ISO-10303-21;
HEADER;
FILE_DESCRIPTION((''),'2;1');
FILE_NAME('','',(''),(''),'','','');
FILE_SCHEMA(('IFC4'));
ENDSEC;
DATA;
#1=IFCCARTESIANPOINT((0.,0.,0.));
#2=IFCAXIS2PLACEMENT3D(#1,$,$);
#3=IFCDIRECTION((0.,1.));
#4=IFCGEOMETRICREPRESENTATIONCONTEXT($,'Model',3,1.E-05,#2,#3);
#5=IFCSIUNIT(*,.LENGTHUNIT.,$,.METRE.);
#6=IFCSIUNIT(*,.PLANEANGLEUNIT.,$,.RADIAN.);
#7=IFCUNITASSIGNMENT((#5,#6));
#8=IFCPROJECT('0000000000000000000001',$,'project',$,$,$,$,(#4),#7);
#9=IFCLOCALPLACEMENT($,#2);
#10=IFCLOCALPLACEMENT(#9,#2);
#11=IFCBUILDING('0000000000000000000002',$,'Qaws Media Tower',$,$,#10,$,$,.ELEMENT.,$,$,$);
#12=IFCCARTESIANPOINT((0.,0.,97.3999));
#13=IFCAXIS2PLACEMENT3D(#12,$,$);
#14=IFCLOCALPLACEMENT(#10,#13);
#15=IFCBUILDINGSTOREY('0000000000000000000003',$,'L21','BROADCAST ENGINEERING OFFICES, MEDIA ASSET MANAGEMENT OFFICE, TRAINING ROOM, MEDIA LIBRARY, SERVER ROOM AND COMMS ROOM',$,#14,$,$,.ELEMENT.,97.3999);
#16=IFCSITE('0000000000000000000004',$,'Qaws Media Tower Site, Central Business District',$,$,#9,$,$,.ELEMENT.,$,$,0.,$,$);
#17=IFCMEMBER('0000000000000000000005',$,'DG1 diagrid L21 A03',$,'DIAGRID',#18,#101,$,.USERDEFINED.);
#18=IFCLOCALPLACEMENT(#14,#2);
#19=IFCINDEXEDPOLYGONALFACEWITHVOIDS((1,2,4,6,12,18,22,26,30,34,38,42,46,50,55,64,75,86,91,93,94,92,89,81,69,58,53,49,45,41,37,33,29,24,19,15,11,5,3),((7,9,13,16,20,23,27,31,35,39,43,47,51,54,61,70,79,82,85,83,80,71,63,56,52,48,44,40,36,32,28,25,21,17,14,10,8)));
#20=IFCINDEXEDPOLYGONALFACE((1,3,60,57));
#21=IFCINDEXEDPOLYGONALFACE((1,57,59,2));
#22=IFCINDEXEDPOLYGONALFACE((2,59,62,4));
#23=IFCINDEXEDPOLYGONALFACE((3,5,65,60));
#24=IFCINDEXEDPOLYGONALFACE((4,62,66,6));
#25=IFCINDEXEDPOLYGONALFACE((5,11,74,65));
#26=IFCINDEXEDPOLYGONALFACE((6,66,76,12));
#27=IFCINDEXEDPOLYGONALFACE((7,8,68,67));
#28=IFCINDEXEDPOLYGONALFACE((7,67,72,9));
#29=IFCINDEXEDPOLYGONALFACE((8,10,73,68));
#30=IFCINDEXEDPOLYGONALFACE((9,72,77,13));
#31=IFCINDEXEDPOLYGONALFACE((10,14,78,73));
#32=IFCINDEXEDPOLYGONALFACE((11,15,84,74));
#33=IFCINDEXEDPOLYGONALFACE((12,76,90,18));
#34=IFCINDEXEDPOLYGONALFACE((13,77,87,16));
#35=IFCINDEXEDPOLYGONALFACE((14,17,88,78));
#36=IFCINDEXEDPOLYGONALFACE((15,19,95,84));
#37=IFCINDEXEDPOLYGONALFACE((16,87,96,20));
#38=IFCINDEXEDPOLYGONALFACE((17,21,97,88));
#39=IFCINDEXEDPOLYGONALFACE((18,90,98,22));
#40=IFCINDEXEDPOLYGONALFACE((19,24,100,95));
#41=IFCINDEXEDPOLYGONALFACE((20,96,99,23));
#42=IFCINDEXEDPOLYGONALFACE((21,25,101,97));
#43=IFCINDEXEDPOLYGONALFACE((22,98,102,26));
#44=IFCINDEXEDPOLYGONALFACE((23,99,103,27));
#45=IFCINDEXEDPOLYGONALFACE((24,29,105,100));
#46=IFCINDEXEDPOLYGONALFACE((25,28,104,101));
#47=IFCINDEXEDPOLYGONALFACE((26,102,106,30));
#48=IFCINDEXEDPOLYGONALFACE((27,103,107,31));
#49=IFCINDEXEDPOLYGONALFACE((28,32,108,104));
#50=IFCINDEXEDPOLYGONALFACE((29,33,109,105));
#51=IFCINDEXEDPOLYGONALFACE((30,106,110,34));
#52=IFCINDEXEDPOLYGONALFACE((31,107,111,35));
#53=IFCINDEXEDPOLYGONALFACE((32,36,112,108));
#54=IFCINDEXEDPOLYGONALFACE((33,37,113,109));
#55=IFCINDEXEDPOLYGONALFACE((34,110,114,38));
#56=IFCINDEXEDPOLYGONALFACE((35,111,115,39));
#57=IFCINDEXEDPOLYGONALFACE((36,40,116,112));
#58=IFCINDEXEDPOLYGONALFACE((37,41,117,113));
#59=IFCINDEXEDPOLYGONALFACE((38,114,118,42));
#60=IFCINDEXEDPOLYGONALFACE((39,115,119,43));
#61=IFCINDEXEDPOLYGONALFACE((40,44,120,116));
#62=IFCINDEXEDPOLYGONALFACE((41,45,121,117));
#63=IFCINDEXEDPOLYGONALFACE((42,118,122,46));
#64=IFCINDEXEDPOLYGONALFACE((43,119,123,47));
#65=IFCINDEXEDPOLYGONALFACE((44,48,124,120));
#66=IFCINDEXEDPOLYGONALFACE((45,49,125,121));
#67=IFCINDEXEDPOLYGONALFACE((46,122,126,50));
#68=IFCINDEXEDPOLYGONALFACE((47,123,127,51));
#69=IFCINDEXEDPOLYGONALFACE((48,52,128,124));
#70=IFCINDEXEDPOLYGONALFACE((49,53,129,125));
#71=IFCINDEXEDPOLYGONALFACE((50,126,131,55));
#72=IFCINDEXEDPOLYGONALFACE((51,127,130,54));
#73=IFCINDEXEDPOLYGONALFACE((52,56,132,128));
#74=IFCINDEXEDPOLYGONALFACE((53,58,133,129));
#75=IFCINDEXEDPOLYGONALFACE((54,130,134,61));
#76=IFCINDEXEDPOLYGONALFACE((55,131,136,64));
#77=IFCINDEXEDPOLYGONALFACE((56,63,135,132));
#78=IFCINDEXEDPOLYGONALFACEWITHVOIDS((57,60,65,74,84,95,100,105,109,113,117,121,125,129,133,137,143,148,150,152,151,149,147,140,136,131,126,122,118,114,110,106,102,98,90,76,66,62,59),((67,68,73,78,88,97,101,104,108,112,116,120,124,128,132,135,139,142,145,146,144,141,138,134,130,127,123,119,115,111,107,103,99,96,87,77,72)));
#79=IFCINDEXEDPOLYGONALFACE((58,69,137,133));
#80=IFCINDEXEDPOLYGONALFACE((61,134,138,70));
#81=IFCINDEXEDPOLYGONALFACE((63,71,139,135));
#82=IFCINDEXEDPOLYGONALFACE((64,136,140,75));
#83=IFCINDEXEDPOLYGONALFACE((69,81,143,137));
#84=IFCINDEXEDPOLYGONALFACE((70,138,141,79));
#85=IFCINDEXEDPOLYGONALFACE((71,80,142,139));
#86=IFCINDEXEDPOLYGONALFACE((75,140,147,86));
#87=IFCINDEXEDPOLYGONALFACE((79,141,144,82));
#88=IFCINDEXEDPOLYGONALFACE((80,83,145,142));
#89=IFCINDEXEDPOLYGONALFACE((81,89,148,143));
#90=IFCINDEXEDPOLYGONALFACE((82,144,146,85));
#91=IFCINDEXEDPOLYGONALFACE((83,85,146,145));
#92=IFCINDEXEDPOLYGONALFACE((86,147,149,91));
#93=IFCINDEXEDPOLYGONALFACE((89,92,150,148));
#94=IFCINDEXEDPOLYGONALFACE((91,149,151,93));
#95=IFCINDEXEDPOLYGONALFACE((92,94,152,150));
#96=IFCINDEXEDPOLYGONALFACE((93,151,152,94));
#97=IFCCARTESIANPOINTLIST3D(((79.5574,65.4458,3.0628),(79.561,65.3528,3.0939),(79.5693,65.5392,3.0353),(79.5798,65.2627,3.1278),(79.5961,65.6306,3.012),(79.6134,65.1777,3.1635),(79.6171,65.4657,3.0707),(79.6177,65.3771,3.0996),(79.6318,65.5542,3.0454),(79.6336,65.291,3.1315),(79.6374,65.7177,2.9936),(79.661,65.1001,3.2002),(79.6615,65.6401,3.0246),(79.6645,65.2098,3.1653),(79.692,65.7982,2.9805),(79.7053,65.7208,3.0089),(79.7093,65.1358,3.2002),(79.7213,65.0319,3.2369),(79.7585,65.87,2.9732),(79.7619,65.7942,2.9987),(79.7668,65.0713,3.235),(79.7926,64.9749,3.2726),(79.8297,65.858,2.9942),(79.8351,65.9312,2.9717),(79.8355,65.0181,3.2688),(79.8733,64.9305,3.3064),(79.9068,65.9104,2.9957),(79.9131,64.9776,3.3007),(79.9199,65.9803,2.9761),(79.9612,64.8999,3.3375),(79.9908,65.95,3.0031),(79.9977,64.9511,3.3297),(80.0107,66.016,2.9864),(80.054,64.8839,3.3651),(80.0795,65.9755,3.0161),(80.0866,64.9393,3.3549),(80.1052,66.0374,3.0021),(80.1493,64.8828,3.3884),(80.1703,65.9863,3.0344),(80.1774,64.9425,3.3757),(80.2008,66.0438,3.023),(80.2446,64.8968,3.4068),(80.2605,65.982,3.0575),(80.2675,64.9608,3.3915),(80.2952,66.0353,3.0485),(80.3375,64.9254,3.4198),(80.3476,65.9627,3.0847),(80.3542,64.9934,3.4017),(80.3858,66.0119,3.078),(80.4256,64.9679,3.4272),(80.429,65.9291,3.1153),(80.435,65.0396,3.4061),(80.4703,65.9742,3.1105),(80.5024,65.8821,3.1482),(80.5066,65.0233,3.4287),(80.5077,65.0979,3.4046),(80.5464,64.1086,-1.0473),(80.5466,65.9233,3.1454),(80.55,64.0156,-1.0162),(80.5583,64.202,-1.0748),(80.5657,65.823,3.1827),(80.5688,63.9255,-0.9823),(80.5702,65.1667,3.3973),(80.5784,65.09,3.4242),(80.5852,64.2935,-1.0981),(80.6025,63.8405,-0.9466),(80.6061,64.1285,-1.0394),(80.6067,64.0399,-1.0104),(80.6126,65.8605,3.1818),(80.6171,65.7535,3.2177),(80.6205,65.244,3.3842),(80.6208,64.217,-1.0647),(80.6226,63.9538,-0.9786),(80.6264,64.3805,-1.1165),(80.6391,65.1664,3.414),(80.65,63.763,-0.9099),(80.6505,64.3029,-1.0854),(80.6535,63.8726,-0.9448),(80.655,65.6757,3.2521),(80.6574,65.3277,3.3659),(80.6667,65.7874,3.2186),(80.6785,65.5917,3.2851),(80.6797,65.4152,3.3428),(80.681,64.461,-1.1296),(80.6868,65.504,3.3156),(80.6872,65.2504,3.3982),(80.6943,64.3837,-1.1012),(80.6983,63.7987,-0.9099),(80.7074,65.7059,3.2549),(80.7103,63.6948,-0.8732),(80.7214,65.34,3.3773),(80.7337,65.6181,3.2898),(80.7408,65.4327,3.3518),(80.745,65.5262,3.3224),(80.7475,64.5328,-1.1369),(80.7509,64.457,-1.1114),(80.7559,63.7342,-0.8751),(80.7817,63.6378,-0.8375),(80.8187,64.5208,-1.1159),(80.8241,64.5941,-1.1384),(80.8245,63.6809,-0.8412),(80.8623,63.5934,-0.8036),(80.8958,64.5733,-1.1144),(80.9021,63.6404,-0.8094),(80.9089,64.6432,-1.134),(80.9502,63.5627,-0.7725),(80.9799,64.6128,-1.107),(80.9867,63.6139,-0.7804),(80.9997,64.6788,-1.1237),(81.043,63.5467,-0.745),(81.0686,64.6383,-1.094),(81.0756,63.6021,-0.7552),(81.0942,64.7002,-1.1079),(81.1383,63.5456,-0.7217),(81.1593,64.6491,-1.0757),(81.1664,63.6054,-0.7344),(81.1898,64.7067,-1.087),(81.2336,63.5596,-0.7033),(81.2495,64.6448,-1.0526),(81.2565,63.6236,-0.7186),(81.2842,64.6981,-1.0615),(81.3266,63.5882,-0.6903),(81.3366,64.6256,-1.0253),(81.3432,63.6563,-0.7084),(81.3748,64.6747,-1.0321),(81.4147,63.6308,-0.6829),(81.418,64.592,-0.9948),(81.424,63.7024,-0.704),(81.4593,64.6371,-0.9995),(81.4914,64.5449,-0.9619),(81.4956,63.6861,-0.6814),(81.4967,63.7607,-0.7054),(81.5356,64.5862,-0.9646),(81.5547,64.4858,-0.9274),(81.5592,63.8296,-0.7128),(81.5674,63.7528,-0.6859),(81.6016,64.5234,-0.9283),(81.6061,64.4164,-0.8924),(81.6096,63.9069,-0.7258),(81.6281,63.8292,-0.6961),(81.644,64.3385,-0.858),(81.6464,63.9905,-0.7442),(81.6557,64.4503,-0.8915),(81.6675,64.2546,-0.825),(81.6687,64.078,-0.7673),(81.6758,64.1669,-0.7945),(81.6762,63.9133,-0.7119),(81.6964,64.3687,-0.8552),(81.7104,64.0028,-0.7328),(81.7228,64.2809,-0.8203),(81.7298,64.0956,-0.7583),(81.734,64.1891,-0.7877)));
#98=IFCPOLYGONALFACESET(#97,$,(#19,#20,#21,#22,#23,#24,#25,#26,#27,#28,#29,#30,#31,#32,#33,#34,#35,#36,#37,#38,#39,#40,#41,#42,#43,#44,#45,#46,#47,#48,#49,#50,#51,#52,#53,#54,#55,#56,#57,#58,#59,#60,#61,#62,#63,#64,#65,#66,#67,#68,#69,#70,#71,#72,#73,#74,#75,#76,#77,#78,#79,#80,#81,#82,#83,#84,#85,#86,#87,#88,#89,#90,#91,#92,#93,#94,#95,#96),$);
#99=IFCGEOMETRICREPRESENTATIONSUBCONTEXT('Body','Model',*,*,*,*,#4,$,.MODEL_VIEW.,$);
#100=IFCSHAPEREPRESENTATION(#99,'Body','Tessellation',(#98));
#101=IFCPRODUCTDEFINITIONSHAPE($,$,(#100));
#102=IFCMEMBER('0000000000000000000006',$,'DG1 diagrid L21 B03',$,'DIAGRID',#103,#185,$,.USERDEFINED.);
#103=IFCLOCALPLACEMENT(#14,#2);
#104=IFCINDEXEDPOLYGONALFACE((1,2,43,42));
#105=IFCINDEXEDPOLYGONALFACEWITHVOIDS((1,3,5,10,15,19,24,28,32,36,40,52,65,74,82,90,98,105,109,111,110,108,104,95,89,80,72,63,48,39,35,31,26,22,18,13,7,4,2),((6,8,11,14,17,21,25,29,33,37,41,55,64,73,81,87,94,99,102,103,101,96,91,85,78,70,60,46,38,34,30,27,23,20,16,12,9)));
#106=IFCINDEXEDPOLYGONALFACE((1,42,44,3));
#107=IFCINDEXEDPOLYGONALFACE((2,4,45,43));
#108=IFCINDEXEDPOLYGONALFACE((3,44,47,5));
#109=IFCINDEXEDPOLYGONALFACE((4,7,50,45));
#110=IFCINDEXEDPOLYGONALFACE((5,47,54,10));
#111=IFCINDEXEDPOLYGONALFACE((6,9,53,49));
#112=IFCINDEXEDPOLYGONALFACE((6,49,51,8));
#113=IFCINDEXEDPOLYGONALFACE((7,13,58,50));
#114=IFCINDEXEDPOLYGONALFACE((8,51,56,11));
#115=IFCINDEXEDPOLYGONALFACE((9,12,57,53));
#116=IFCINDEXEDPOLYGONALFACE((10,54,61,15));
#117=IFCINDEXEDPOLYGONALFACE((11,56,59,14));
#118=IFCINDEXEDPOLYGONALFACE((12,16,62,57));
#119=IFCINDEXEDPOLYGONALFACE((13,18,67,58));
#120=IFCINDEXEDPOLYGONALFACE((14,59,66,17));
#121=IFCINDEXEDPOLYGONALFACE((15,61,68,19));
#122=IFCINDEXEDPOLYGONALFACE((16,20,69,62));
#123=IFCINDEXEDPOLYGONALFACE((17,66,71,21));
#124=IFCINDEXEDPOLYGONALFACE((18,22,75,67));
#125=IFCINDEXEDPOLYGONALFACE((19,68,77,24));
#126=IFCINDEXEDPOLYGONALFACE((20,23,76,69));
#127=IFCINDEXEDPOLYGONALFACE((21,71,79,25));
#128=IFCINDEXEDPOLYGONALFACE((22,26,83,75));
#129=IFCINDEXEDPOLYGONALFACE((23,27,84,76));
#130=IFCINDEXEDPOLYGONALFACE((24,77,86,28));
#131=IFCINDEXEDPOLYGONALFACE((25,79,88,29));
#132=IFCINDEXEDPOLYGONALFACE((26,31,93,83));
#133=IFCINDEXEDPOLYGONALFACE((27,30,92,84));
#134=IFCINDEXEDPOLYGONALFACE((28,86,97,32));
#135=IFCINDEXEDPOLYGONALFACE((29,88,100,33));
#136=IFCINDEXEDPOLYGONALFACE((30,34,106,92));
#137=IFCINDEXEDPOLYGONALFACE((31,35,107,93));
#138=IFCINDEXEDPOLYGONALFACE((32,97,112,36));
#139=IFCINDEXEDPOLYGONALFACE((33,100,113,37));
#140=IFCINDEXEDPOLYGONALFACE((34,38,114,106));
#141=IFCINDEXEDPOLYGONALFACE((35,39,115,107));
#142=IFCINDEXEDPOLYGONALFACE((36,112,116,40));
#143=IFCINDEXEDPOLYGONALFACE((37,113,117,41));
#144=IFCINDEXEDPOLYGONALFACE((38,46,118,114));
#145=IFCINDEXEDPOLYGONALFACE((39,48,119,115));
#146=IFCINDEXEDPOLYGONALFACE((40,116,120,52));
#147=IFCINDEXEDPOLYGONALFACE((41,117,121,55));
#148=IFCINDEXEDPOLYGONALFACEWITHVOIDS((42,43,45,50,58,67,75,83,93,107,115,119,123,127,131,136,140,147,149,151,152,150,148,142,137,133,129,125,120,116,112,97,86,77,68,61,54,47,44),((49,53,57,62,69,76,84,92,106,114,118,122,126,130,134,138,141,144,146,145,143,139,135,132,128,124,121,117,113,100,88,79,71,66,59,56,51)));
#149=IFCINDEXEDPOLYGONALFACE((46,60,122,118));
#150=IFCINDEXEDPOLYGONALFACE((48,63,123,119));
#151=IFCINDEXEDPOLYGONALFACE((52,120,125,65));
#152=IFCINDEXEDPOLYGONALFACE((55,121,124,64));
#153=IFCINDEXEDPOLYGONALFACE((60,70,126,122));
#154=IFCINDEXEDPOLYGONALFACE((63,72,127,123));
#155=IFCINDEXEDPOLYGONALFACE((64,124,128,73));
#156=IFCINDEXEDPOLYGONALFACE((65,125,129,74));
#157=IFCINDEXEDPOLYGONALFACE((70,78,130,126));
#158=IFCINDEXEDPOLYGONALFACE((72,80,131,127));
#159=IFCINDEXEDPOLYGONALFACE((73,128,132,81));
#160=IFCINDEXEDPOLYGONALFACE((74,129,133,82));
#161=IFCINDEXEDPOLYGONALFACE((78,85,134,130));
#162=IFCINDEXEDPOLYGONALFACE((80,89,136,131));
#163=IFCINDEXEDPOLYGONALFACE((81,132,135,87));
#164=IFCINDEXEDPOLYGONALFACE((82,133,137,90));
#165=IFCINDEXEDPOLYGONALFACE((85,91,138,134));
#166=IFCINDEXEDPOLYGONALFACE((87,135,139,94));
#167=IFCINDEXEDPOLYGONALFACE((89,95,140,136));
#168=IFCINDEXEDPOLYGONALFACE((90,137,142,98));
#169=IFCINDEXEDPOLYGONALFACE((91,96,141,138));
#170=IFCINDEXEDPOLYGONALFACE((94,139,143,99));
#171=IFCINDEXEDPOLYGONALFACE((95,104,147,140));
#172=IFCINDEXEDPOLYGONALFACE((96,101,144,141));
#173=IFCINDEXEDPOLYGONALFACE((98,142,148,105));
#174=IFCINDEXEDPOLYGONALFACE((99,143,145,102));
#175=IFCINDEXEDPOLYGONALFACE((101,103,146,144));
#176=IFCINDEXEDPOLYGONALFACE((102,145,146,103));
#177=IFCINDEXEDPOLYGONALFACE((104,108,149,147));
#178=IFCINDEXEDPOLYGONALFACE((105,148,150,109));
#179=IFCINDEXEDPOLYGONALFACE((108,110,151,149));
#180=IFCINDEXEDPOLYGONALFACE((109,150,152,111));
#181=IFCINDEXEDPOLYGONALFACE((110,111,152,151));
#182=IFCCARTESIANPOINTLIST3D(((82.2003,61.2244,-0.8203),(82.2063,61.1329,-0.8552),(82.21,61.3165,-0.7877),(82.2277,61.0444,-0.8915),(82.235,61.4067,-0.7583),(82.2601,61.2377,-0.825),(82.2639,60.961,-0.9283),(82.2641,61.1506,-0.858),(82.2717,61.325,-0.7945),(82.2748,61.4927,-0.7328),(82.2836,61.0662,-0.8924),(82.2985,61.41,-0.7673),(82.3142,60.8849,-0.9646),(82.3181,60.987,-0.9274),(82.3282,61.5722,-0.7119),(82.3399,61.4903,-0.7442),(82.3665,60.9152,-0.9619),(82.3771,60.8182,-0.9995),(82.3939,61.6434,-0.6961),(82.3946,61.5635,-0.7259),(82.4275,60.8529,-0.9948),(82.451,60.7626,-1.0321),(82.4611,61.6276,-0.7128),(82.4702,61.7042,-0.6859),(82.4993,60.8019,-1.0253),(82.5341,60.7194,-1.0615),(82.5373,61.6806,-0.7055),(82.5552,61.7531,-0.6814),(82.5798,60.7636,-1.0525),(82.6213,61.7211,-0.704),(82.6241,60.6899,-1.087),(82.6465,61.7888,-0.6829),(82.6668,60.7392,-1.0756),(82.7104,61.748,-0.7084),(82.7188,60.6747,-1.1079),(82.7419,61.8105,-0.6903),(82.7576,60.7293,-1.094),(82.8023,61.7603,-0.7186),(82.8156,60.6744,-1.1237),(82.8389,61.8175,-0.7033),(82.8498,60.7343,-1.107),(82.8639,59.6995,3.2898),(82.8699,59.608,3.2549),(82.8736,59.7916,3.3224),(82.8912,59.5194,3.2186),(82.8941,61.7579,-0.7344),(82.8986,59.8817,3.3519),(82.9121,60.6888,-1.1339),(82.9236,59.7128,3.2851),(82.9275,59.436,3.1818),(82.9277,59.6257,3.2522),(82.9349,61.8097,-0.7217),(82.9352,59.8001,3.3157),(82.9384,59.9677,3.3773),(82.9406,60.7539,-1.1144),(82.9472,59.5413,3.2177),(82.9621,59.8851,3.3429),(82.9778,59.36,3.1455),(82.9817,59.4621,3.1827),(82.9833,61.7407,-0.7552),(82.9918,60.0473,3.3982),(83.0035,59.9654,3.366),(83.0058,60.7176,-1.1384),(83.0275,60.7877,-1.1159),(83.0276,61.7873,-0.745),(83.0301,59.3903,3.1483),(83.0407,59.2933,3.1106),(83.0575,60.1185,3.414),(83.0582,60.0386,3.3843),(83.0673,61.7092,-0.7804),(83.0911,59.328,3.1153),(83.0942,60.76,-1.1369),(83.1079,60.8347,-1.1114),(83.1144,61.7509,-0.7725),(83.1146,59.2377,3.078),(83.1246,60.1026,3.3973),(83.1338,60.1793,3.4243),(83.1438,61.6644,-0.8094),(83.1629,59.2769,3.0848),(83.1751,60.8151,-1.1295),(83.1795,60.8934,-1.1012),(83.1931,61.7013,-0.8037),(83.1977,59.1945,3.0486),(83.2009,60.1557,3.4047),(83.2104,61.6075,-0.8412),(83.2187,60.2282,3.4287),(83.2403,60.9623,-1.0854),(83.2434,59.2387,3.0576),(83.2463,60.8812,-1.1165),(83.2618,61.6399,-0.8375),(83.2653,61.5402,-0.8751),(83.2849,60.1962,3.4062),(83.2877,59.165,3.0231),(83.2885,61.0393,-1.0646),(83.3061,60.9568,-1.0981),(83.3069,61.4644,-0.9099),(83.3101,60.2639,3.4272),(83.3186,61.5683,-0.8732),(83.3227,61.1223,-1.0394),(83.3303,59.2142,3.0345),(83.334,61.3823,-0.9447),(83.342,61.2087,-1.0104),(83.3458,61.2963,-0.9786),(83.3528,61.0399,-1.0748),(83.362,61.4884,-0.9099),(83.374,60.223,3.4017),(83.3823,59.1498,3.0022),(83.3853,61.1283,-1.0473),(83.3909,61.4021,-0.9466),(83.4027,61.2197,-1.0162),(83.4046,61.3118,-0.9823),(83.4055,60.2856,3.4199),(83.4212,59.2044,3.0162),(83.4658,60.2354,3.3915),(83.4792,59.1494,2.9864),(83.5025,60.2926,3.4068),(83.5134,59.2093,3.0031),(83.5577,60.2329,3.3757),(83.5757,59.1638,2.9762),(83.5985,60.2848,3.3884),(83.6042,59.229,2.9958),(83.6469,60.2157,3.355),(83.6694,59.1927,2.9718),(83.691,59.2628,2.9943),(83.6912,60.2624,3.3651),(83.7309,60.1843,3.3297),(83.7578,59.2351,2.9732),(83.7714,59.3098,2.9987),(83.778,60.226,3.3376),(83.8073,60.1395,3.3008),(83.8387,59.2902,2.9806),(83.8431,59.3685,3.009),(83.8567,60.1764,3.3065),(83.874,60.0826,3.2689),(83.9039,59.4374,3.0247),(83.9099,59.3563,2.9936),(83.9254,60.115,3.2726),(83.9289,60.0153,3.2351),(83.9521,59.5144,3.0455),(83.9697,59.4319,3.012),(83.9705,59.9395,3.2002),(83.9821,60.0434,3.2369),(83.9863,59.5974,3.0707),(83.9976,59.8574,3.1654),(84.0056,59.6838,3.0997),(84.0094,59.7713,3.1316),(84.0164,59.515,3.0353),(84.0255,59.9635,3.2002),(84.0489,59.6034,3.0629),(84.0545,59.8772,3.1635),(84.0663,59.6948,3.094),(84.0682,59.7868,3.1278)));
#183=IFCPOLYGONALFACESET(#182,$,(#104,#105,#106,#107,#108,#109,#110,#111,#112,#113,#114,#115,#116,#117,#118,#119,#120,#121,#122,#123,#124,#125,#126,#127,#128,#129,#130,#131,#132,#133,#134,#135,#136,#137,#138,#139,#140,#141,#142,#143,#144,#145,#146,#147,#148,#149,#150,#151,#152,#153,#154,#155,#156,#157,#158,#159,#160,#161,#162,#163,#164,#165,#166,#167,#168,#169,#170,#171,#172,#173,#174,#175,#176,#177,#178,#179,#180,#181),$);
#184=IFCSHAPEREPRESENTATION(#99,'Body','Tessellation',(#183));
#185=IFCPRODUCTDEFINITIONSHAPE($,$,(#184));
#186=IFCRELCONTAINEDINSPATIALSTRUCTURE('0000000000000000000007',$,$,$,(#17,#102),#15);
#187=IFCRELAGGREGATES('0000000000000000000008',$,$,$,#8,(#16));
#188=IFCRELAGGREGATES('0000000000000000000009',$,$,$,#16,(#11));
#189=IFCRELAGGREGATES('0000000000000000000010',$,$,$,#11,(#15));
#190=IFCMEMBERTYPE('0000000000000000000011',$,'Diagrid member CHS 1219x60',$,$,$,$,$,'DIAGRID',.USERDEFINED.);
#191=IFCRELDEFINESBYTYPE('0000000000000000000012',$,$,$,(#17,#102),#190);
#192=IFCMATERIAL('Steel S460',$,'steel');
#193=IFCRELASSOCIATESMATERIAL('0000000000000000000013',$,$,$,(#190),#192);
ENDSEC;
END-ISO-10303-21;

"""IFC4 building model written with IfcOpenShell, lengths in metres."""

from ifc_helpers import new_model, si_unit, direction, frame, origin, origin_2d, place, context, subcontext, project, spatial, hollow_circle, extrude, material, material_profile, profile_set, type_object, element, save


model = new_model("IFC4")

# Units and contexts
model_context = context("Model", 3, precision=1e-05, world=origin(), true_north=direction((0.0, 1.0)))
body_context = subcontext(model_context, "Body", "Model", "MODEL_VIEW")
ifc_project = project(units=[si_unit("LENGTHUNIT", "METRE"), si_unit("PLANEANGLEUNIT", "RADIAN")], contexts=[model_context])

# Site, building, storey
site_placement = place(None, origin())
site = spatial("IfcSite", under=ifc_project, at=site_placement, Name="Qaws Media Tower Site, Central Business District", CompositionType="ELEMENT", RefElevation=0.0)
building_placement = place(site_placement, origin())
building = spatial("IfcBuilding", under=site, at=building_placement, Name="Qaws Media Tower", CompositionType="ELEMENT")
storey_placement = place(building_placement, frame((0.0, 0.0, 97.3999)))
storey = spatial("IfcBuildingStorey", under=building, at=storey_placement, Name="L21", Description="BROADCAST ENGINEERING OFFICES, MEDIA ASSET MANAGEMENT OFFICE, TRAINING ROOM, MEDIA LIBRARY, SERVER ROOM AND COMMS ROOM", CompositionType="ELEMENT", Elevation=97.3999)

# Members
ifc_material_1 = material(Name="Steel S460", Category="steel")
ifc_material_profile_1 = material_profile(ifc_material_1, hollow_circle(Radius=0.6096, WallThickness=0.0601, at=origin_2d()), Name="CHS 1219x60")
ifc_profile_set_1 = profile_set([ifc_material_profile_1], Name="Steel S460")
member_type_1 = type_object("IfcMemberType", Name="Diagrid member CHS 1219x60", ElementType="DIAGRID", PredefinedType="USERDEFINED", material=ifc_profile_set_1)
for number, where, z_axis, x_axis, name in (
    (1, (81.1401, 64.1255, -0.9099), (-0.223059, 0.301579, 0.926982), (-0.803981, -0.594655, 0.0), "DG1 diagrid L21 A03"),
    (2, (82.803, 61.2451, -0.9099), (0.149662, -0.343926, 0.926993), (0.916944, 0.399016, 0.0), "DG1 diagrid L21 B03"),
):
    element("IfcMember", number, at=place(storey_placement, frame(where, z_axis=z_axis, x_axis=x_axis)), inside=storey, type_object=member_type_1, Name=name, ObjectType="DIAGRID", PredefinedType="USERDEFINED", context=body_context, shape_type="SweptSolid", body=[
        extrude(hollow_circle(Radius=0.6096, WallThickness=0.0601, at=origin_2d()), origin(), (0.0, 0.0, 1.0), 4.4338),
    ])

save(model, "model.ifc")
